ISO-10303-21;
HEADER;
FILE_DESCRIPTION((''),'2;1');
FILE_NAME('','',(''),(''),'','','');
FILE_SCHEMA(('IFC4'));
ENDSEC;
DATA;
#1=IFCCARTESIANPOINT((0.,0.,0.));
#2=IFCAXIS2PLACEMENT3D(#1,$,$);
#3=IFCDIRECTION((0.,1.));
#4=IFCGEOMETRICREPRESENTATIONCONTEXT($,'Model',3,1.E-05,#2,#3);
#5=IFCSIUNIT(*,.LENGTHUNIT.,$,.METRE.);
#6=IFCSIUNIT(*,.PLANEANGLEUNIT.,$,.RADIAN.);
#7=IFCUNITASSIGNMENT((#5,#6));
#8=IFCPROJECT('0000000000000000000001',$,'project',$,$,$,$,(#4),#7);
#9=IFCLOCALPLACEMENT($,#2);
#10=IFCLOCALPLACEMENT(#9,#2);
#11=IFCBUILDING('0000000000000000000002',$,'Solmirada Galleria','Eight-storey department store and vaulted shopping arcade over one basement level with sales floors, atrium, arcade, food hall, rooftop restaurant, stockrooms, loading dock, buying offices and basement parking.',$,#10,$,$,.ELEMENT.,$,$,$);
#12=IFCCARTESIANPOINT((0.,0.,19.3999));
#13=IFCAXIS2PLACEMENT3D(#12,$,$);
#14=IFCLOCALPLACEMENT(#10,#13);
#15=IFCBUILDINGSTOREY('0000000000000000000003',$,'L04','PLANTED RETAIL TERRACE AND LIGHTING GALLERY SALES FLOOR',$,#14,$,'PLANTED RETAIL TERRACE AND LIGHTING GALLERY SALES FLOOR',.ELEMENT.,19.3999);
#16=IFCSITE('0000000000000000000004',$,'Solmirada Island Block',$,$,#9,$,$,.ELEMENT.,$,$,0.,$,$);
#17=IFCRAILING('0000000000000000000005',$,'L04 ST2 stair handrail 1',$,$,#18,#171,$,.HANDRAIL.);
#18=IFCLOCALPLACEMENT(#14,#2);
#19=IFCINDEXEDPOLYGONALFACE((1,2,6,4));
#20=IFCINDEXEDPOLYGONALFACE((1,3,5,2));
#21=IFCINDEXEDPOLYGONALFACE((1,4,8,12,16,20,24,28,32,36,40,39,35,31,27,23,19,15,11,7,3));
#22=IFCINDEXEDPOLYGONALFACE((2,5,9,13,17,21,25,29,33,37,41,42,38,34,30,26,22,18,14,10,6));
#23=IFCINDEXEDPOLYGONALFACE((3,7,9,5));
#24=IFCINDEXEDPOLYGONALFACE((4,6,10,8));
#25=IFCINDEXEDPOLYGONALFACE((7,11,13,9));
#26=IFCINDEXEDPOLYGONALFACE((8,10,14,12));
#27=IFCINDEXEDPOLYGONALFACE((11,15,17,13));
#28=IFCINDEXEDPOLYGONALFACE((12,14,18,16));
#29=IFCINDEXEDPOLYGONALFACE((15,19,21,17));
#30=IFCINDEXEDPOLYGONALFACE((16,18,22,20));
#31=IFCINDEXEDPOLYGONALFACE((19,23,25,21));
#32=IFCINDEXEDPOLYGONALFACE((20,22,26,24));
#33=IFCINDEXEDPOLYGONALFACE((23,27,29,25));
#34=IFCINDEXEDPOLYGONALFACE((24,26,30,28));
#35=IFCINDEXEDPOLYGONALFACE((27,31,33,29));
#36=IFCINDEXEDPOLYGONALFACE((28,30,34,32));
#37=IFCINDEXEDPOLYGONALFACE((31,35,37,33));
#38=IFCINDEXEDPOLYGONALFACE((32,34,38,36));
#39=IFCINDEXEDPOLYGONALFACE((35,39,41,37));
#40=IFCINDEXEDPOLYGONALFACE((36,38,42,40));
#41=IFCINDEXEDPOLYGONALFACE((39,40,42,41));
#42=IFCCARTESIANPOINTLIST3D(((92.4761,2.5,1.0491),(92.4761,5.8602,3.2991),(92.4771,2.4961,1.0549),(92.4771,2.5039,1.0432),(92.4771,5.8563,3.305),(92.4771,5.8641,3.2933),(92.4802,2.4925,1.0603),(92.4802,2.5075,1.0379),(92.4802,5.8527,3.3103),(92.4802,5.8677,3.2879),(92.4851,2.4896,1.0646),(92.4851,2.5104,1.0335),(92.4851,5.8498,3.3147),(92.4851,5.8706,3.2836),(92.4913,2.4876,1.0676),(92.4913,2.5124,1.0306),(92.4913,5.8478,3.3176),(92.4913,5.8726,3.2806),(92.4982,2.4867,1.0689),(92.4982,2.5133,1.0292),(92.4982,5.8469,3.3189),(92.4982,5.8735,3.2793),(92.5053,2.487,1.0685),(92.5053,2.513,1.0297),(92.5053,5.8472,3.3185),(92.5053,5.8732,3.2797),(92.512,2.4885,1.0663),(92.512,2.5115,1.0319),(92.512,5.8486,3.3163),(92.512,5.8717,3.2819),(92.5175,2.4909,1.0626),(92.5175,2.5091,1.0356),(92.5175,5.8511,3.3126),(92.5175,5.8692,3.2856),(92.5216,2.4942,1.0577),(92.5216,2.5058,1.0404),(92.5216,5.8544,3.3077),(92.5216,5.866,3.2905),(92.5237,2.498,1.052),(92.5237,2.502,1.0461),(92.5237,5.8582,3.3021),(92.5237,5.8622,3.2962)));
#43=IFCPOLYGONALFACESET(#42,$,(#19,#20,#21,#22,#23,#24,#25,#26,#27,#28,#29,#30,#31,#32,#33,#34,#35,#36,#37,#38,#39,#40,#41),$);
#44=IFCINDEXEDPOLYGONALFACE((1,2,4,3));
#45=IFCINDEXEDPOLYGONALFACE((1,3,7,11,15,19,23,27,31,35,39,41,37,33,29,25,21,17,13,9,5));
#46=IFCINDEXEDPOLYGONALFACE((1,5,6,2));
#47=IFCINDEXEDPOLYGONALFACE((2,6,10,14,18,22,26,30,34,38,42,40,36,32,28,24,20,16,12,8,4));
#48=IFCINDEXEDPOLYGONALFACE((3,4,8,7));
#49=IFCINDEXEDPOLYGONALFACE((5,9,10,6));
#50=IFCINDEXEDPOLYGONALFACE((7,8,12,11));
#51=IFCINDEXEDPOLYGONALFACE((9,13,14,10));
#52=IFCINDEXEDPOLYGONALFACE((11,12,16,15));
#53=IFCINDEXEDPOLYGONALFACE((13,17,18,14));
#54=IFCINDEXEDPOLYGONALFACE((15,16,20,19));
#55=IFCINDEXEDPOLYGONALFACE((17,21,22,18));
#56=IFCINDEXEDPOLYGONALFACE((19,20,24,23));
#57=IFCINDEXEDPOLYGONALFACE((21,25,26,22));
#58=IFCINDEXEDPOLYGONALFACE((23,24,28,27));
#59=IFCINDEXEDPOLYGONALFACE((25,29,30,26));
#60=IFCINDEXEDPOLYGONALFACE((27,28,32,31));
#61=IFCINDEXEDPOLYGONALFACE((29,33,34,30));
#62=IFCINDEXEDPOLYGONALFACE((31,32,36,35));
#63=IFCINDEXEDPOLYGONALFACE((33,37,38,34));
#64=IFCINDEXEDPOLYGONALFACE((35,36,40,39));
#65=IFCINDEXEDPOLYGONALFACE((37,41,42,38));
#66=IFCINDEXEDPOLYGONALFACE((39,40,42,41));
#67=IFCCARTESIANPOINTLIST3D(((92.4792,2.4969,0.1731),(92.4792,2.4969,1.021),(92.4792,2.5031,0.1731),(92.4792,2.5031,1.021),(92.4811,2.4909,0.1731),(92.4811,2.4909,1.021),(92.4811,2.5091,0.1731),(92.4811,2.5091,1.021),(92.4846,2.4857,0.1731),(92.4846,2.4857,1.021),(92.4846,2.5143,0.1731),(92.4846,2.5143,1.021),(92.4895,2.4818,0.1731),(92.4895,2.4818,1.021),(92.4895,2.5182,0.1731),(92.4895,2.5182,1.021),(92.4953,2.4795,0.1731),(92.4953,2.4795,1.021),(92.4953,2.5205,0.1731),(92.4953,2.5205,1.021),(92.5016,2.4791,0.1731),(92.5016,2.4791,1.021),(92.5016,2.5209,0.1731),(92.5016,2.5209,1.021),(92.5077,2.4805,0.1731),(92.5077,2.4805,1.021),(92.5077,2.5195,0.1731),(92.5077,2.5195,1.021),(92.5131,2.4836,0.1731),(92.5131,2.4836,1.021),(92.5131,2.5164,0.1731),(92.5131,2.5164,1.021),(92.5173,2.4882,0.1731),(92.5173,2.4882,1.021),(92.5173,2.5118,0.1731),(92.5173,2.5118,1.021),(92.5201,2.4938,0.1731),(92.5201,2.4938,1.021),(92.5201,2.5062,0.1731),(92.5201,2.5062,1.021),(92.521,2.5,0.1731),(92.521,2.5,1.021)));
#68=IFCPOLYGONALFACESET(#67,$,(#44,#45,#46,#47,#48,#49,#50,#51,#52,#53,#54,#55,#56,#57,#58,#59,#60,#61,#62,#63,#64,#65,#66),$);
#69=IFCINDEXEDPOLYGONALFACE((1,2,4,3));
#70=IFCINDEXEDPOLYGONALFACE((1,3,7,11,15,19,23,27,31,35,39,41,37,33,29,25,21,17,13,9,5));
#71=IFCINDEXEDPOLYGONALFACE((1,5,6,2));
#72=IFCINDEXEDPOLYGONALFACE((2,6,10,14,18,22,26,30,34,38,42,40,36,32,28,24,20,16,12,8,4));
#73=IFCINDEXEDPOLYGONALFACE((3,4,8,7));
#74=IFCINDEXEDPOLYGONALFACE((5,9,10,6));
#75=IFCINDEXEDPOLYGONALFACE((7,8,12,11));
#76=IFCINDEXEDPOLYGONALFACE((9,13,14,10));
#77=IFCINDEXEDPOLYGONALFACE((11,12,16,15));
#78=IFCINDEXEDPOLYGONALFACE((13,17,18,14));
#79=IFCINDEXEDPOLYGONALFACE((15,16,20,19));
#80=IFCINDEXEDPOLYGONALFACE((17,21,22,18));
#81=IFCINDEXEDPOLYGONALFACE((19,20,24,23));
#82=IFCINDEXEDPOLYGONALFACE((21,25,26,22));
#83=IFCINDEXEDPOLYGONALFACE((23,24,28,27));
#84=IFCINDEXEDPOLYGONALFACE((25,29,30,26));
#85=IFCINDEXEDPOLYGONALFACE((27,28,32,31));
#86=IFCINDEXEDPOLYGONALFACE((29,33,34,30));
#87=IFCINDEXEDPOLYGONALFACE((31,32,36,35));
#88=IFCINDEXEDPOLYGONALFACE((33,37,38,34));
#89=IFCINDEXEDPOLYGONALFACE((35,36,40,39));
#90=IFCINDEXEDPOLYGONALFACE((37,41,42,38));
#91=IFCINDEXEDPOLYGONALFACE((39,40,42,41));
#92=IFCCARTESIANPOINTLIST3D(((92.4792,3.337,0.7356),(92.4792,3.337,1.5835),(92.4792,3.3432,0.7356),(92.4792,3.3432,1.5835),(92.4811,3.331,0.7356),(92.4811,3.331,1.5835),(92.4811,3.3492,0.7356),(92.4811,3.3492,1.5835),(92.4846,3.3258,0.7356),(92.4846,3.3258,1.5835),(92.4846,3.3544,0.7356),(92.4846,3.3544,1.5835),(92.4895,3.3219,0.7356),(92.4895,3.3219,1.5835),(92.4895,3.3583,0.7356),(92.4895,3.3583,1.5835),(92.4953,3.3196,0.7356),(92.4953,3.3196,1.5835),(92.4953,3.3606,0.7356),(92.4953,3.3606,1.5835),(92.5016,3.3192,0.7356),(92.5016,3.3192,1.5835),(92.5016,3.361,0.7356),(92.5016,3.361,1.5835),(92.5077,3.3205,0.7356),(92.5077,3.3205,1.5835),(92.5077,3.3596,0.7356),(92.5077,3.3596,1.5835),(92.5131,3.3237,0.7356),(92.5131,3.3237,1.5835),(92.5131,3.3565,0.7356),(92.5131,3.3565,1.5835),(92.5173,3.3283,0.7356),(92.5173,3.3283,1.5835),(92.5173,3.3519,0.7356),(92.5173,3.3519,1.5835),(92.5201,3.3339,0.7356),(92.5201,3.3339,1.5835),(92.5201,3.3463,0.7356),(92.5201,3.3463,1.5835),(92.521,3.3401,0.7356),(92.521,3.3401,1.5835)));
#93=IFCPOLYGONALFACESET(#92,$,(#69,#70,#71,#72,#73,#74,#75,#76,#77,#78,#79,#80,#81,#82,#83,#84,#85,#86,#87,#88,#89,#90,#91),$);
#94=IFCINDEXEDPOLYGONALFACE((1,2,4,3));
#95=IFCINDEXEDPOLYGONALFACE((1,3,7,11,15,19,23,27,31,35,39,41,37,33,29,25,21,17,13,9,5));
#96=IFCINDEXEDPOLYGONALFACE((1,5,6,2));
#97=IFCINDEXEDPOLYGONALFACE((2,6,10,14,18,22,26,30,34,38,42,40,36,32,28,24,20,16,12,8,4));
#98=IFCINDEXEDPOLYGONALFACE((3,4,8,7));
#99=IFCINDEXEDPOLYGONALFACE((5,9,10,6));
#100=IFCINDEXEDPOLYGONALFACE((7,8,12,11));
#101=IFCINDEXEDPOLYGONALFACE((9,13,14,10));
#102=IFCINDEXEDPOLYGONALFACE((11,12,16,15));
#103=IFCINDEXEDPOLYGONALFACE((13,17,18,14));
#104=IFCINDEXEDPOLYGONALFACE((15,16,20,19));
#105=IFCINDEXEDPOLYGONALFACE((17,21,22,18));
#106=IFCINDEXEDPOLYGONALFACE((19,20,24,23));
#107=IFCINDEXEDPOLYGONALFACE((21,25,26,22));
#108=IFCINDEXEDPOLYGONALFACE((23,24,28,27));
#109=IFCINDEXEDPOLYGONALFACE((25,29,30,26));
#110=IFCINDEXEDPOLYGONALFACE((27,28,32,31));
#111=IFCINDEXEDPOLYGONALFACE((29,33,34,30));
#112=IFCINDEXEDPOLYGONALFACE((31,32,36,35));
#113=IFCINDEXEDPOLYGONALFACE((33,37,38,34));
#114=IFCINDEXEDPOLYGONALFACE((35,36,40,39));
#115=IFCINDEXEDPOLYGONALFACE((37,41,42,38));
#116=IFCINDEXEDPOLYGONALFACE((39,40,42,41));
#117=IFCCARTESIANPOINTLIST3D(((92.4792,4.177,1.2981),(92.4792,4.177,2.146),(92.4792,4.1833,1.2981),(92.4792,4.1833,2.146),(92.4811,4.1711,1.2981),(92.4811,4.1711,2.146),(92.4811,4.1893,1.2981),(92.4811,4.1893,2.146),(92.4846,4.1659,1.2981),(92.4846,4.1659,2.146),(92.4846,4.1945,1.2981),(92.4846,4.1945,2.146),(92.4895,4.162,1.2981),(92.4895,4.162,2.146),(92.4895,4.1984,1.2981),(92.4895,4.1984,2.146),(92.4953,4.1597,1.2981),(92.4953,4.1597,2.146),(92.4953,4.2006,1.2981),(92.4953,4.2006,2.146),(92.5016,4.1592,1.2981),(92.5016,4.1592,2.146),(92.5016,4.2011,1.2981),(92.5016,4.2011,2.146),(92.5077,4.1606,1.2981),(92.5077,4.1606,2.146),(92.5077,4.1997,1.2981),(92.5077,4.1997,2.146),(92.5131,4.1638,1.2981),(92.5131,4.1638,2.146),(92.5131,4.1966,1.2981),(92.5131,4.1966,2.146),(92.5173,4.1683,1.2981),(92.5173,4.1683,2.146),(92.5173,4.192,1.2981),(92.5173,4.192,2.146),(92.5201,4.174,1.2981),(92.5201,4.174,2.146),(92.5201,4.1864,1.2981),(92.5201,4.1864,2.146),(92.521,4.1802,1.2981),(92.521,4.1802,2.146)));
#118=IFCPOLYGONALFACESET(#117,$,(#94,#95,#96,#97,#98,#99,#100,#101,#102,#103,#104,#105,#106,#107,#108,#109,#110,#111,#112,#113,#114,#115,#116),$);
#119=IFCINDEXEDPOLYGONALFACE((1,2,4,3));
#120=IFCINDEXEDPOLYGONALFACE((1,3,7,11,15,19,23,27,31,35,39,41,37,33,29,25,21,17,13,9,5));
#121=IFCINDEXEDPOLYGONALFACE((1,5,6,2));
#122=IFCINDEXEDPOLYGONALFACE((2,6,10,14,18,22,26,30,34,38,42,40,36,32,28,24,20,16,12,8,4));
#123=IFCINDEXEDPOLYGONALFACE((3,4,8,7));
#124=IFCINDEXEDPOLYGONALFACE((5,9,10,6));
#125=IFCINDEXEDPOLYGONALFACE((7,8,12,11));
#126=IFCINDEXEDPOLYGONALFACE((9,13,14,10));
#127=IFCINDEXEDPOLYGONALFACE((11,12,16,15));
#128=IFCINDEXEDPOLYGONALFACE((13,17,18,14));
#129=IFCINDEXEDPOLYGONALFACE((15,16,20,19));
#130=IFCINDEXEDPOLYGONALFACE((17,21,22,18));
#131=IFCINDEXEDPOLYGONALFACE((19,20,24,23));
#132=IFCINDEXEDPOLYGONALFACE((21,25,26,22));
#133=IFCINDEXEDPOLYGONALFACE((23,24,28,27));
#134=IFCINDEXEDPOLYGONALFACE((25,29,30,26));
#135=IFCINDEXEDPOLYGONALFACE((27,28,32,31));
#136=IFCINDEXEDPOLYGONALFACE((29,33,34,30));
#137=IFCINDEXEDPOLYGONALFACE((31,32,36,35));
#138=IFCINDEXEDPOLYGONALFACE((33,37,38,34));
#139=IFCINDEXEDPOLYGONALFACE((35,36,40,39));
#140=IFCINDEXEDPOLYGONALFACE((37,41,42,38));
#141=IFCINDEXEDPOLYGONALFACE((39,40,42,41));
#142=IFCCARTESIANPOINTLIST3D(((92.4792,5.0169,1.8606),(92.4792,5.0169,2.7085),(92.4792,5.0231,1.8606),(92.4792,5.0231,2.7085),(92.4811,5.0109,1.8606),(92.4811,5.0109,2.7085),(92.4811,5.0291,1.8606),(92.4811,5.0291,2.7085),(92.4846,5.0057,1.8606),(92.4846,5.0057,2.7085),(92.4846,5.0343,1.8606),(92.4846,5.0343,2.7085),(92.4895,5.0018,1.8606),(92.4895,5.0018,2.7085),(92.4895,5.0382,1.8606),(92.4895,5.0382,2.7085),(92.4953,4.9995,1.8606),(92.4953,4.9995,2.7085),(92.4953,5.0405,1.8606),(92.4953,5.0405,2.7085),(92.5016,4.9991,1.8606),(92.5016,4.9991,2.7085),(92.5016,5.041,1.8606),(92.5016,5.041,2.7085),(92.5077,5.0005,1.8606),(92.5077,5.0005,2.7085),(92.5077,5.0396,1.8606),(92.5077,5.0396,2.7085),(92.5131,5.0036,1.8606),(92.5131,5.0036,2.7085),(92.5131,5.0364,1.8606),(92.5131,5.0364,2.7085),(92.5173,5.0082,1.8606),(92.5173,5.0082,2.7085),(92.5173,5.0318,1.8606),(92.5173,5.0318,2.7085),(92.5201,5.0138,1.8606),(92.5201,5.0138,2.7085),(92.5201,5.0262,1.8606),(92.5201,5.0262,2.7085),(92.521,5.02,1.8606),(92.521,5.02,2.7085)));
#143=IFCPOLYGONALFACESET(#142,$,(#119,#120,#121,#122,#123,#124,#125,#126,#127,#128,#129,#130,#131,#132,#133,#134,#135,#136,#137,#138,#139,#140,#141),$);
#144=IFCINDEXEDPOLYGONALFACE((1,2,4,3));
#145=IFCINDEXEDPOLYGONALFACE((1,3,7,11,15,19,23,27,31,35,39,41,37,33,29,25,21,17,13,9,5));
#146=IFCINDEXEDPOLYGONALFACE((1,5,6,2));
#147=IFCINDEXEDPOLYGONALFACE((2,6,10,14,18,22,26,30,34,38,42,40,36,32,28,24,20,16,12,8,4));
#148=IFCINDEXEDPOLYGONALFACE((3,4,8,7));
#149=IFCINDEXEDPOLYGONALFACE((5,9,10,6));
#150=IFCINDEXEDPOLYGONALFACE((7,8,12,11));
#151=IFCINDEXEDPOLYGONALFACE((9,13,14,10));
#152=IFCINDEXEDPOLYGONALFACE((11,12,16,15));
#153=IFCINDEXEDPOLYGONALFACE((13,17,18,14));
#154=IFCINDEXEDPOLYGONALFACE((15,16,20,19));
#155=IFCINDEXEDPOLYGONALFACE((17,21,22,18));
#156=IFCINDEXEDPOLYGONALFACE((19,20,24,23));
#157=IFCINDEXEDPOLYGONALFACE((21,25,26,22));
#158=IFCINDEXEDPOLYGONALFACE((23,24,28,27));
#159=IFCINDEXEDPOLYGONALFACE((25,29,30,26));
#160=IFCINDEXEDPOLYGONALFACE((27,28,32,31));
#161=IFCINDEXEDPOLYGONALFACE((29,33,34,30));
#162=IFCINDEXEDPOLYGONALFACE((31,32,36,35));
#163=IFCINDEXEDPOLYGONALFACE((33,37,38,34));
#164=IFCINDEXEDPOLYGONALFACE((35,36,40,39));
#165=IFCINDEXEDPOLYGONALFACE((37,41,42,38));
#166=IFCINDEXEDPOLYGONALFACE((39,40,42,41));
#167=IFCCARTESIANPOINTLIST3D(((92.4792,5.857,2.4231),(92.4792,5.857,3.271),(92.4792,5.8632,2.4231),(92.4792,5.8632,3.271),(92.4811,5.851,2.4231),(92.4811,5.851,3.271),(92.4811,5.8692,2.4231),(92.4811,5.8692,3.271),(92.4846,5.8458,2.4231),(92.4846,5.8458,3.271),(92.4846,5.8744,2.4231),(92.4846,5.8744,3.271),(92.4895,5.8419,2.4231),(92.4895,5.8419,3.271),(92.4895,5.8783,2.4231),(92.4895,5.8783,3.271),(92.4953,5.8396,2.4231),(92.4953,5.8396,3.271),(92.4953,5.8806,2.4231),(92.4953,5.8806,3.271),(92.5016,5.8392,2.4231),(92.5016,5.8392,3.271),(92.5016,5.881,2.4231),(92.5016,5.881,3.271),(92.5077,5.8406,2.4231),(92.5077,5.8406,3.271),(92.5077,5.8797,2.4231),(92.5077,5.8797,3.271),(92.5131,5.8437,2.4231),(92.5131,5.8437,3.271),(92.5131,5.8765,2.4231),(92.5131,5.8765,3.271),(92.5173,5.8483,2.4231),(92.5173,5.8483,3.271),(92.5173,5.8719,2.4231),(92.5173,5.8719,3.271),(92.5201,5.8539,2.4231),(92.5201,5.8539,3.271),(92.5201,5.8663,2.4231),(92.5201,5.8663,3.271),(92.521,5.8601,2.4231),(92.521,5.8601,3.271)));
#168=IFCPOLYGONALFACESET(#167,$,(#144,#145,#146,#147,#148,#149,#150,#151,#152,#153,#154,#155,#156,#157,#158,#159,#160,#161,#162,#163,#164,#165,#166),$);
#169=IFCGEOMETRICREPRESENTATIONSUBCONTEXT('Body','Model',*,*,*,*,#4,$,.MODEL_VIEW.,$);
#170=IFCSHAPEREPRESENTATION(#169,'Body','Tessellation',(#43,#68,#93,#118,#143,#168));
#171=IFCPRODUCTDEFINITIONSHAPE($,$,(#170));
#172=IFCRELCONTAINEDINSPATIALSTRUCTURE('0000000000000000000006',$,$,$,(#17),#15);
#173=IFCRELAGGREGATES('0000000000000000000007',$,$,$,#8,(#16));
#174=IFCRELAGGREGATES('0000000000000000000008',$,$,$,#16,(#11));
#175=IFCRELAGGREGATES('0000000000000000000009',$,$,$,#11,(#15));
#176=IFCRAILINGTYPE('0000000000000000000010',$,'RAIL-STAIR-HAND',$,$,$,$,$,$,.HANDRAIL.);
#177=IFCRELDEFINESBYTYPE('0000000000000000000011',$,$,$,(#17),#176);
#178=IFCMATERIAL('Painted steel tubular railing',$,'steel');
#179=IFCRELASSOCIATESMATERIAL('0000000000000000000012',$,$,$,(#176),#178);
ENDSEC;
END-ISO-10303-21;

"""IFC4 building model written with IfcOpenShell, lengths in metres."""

from ifc_helpers import new_model, si_unit, direction, frame, origin, origin_2d, place, context, subcontext, project, spatial, circle, extrude, material, type_object, element, save


model = new_model("IFC4")

# Units and contexts
model_context = context("Model", 3, precision=1e-05, world=origin(), true_north=direction((0.0, 1.0)))
body_context = subcontext(model_context, "Body", "Model", "MODEL_VIEW")
ifc_project = project(units=[si_unit("LENGTHUNIT", "METRE"), si_unit("PLANEANGLEUNIT", "RADIAN")], contexts=[model_context])

# Site, building, storey
site_placement = place(None, origin())
site = spatial("IfcSite", under=ifc_project, at=site_placement, Name="Solmirada Island Block", CompositionType="ELEMENT", RefElevation=0.0)
building_placement = place(site_placement, origin())
building = spatial("IfcBuilding", under=site, at=building_placement, Name="Solmirada Galleria", Description="Eight-storey department store and vaulted shopping arcade over one basement level with sales floors, atrium, arcade, food hall, rooftop restaurant, stockrooms, loading dock, buying offices and basement parking.", CompositionType="ELEMENT")
storey_placement = place(building_placement, frame((0.0, 0.0, 19.3999)))
storey = spatial("IfcBuildingStorey", under=building, at=storey_placement, Name="L04", Description="PLANTED RETAIL TERRACE AND LIGHTING GALLERY SALES FLOOR", LongName="PLANTED RETAIL TERRACE AND LIGHTING GALLERY SALES FLOOR", CompositionType="ELEMENT", Elevation=19.3999)

# Railing
ifc_material_1 = material(Name="Painted steel tubular railing", Category="steel")
railing_type_1 = type_object("IfcRailingType", Name="RAIL-STAIR-HAND", PredefinedType="HANDRAIL", material=ifc_material_1)
railing_1_placement = place(storey_placement, frame((92.5, 2.5, 0.1731)))
element("IfcRailing", 1, at=railing_1_placement, inside=storey, type_object=railing_type_1, Name="L04 ST2 stair handrail 1", PredefinedType="HANDRAIL", context=body_context, shape_type="SweptSolid", body=[
    extrude(circle(Radius=0.0239, at=origin_2d()), frame((0.0, 0.0, 0.876), z_axis=(0.0, 0.830915, 0.556399), x_axis=(-1.0, 0.0, 0.0)), (0.0, 0.0, 1.0), 4.0439),
    extrude(circle(Radius=0.021, at=origin_2d()), origin(), (0.0, 0.0, 1.0), 0.8479),
    extrude(circle(Radius=0.021, at=origin_2d()), frame((0.0, 0.8401, 0.5625)), (0.0, 0.0, 1.0), 0.8479),
    extrude(circle(Radius=0.021, at=origin_2d()), frame((0.0, 1.6802, 1.125)), (0.0, 0.0, 1.0), 0.8479),
    extrude(circle(Radius=0.021, at=origin_2d()), frame((0.0, 2.52, 1.6875)), (0.0, 0.0, 1.0), 0.8479),
    extrude(circle(Radius=0.021, at=origin_2d()), frame((0.0, 3.3601, 2.25)), (0.0, 0.0, 1.0), 0.8479),
])

save(model, "model.ifc")
